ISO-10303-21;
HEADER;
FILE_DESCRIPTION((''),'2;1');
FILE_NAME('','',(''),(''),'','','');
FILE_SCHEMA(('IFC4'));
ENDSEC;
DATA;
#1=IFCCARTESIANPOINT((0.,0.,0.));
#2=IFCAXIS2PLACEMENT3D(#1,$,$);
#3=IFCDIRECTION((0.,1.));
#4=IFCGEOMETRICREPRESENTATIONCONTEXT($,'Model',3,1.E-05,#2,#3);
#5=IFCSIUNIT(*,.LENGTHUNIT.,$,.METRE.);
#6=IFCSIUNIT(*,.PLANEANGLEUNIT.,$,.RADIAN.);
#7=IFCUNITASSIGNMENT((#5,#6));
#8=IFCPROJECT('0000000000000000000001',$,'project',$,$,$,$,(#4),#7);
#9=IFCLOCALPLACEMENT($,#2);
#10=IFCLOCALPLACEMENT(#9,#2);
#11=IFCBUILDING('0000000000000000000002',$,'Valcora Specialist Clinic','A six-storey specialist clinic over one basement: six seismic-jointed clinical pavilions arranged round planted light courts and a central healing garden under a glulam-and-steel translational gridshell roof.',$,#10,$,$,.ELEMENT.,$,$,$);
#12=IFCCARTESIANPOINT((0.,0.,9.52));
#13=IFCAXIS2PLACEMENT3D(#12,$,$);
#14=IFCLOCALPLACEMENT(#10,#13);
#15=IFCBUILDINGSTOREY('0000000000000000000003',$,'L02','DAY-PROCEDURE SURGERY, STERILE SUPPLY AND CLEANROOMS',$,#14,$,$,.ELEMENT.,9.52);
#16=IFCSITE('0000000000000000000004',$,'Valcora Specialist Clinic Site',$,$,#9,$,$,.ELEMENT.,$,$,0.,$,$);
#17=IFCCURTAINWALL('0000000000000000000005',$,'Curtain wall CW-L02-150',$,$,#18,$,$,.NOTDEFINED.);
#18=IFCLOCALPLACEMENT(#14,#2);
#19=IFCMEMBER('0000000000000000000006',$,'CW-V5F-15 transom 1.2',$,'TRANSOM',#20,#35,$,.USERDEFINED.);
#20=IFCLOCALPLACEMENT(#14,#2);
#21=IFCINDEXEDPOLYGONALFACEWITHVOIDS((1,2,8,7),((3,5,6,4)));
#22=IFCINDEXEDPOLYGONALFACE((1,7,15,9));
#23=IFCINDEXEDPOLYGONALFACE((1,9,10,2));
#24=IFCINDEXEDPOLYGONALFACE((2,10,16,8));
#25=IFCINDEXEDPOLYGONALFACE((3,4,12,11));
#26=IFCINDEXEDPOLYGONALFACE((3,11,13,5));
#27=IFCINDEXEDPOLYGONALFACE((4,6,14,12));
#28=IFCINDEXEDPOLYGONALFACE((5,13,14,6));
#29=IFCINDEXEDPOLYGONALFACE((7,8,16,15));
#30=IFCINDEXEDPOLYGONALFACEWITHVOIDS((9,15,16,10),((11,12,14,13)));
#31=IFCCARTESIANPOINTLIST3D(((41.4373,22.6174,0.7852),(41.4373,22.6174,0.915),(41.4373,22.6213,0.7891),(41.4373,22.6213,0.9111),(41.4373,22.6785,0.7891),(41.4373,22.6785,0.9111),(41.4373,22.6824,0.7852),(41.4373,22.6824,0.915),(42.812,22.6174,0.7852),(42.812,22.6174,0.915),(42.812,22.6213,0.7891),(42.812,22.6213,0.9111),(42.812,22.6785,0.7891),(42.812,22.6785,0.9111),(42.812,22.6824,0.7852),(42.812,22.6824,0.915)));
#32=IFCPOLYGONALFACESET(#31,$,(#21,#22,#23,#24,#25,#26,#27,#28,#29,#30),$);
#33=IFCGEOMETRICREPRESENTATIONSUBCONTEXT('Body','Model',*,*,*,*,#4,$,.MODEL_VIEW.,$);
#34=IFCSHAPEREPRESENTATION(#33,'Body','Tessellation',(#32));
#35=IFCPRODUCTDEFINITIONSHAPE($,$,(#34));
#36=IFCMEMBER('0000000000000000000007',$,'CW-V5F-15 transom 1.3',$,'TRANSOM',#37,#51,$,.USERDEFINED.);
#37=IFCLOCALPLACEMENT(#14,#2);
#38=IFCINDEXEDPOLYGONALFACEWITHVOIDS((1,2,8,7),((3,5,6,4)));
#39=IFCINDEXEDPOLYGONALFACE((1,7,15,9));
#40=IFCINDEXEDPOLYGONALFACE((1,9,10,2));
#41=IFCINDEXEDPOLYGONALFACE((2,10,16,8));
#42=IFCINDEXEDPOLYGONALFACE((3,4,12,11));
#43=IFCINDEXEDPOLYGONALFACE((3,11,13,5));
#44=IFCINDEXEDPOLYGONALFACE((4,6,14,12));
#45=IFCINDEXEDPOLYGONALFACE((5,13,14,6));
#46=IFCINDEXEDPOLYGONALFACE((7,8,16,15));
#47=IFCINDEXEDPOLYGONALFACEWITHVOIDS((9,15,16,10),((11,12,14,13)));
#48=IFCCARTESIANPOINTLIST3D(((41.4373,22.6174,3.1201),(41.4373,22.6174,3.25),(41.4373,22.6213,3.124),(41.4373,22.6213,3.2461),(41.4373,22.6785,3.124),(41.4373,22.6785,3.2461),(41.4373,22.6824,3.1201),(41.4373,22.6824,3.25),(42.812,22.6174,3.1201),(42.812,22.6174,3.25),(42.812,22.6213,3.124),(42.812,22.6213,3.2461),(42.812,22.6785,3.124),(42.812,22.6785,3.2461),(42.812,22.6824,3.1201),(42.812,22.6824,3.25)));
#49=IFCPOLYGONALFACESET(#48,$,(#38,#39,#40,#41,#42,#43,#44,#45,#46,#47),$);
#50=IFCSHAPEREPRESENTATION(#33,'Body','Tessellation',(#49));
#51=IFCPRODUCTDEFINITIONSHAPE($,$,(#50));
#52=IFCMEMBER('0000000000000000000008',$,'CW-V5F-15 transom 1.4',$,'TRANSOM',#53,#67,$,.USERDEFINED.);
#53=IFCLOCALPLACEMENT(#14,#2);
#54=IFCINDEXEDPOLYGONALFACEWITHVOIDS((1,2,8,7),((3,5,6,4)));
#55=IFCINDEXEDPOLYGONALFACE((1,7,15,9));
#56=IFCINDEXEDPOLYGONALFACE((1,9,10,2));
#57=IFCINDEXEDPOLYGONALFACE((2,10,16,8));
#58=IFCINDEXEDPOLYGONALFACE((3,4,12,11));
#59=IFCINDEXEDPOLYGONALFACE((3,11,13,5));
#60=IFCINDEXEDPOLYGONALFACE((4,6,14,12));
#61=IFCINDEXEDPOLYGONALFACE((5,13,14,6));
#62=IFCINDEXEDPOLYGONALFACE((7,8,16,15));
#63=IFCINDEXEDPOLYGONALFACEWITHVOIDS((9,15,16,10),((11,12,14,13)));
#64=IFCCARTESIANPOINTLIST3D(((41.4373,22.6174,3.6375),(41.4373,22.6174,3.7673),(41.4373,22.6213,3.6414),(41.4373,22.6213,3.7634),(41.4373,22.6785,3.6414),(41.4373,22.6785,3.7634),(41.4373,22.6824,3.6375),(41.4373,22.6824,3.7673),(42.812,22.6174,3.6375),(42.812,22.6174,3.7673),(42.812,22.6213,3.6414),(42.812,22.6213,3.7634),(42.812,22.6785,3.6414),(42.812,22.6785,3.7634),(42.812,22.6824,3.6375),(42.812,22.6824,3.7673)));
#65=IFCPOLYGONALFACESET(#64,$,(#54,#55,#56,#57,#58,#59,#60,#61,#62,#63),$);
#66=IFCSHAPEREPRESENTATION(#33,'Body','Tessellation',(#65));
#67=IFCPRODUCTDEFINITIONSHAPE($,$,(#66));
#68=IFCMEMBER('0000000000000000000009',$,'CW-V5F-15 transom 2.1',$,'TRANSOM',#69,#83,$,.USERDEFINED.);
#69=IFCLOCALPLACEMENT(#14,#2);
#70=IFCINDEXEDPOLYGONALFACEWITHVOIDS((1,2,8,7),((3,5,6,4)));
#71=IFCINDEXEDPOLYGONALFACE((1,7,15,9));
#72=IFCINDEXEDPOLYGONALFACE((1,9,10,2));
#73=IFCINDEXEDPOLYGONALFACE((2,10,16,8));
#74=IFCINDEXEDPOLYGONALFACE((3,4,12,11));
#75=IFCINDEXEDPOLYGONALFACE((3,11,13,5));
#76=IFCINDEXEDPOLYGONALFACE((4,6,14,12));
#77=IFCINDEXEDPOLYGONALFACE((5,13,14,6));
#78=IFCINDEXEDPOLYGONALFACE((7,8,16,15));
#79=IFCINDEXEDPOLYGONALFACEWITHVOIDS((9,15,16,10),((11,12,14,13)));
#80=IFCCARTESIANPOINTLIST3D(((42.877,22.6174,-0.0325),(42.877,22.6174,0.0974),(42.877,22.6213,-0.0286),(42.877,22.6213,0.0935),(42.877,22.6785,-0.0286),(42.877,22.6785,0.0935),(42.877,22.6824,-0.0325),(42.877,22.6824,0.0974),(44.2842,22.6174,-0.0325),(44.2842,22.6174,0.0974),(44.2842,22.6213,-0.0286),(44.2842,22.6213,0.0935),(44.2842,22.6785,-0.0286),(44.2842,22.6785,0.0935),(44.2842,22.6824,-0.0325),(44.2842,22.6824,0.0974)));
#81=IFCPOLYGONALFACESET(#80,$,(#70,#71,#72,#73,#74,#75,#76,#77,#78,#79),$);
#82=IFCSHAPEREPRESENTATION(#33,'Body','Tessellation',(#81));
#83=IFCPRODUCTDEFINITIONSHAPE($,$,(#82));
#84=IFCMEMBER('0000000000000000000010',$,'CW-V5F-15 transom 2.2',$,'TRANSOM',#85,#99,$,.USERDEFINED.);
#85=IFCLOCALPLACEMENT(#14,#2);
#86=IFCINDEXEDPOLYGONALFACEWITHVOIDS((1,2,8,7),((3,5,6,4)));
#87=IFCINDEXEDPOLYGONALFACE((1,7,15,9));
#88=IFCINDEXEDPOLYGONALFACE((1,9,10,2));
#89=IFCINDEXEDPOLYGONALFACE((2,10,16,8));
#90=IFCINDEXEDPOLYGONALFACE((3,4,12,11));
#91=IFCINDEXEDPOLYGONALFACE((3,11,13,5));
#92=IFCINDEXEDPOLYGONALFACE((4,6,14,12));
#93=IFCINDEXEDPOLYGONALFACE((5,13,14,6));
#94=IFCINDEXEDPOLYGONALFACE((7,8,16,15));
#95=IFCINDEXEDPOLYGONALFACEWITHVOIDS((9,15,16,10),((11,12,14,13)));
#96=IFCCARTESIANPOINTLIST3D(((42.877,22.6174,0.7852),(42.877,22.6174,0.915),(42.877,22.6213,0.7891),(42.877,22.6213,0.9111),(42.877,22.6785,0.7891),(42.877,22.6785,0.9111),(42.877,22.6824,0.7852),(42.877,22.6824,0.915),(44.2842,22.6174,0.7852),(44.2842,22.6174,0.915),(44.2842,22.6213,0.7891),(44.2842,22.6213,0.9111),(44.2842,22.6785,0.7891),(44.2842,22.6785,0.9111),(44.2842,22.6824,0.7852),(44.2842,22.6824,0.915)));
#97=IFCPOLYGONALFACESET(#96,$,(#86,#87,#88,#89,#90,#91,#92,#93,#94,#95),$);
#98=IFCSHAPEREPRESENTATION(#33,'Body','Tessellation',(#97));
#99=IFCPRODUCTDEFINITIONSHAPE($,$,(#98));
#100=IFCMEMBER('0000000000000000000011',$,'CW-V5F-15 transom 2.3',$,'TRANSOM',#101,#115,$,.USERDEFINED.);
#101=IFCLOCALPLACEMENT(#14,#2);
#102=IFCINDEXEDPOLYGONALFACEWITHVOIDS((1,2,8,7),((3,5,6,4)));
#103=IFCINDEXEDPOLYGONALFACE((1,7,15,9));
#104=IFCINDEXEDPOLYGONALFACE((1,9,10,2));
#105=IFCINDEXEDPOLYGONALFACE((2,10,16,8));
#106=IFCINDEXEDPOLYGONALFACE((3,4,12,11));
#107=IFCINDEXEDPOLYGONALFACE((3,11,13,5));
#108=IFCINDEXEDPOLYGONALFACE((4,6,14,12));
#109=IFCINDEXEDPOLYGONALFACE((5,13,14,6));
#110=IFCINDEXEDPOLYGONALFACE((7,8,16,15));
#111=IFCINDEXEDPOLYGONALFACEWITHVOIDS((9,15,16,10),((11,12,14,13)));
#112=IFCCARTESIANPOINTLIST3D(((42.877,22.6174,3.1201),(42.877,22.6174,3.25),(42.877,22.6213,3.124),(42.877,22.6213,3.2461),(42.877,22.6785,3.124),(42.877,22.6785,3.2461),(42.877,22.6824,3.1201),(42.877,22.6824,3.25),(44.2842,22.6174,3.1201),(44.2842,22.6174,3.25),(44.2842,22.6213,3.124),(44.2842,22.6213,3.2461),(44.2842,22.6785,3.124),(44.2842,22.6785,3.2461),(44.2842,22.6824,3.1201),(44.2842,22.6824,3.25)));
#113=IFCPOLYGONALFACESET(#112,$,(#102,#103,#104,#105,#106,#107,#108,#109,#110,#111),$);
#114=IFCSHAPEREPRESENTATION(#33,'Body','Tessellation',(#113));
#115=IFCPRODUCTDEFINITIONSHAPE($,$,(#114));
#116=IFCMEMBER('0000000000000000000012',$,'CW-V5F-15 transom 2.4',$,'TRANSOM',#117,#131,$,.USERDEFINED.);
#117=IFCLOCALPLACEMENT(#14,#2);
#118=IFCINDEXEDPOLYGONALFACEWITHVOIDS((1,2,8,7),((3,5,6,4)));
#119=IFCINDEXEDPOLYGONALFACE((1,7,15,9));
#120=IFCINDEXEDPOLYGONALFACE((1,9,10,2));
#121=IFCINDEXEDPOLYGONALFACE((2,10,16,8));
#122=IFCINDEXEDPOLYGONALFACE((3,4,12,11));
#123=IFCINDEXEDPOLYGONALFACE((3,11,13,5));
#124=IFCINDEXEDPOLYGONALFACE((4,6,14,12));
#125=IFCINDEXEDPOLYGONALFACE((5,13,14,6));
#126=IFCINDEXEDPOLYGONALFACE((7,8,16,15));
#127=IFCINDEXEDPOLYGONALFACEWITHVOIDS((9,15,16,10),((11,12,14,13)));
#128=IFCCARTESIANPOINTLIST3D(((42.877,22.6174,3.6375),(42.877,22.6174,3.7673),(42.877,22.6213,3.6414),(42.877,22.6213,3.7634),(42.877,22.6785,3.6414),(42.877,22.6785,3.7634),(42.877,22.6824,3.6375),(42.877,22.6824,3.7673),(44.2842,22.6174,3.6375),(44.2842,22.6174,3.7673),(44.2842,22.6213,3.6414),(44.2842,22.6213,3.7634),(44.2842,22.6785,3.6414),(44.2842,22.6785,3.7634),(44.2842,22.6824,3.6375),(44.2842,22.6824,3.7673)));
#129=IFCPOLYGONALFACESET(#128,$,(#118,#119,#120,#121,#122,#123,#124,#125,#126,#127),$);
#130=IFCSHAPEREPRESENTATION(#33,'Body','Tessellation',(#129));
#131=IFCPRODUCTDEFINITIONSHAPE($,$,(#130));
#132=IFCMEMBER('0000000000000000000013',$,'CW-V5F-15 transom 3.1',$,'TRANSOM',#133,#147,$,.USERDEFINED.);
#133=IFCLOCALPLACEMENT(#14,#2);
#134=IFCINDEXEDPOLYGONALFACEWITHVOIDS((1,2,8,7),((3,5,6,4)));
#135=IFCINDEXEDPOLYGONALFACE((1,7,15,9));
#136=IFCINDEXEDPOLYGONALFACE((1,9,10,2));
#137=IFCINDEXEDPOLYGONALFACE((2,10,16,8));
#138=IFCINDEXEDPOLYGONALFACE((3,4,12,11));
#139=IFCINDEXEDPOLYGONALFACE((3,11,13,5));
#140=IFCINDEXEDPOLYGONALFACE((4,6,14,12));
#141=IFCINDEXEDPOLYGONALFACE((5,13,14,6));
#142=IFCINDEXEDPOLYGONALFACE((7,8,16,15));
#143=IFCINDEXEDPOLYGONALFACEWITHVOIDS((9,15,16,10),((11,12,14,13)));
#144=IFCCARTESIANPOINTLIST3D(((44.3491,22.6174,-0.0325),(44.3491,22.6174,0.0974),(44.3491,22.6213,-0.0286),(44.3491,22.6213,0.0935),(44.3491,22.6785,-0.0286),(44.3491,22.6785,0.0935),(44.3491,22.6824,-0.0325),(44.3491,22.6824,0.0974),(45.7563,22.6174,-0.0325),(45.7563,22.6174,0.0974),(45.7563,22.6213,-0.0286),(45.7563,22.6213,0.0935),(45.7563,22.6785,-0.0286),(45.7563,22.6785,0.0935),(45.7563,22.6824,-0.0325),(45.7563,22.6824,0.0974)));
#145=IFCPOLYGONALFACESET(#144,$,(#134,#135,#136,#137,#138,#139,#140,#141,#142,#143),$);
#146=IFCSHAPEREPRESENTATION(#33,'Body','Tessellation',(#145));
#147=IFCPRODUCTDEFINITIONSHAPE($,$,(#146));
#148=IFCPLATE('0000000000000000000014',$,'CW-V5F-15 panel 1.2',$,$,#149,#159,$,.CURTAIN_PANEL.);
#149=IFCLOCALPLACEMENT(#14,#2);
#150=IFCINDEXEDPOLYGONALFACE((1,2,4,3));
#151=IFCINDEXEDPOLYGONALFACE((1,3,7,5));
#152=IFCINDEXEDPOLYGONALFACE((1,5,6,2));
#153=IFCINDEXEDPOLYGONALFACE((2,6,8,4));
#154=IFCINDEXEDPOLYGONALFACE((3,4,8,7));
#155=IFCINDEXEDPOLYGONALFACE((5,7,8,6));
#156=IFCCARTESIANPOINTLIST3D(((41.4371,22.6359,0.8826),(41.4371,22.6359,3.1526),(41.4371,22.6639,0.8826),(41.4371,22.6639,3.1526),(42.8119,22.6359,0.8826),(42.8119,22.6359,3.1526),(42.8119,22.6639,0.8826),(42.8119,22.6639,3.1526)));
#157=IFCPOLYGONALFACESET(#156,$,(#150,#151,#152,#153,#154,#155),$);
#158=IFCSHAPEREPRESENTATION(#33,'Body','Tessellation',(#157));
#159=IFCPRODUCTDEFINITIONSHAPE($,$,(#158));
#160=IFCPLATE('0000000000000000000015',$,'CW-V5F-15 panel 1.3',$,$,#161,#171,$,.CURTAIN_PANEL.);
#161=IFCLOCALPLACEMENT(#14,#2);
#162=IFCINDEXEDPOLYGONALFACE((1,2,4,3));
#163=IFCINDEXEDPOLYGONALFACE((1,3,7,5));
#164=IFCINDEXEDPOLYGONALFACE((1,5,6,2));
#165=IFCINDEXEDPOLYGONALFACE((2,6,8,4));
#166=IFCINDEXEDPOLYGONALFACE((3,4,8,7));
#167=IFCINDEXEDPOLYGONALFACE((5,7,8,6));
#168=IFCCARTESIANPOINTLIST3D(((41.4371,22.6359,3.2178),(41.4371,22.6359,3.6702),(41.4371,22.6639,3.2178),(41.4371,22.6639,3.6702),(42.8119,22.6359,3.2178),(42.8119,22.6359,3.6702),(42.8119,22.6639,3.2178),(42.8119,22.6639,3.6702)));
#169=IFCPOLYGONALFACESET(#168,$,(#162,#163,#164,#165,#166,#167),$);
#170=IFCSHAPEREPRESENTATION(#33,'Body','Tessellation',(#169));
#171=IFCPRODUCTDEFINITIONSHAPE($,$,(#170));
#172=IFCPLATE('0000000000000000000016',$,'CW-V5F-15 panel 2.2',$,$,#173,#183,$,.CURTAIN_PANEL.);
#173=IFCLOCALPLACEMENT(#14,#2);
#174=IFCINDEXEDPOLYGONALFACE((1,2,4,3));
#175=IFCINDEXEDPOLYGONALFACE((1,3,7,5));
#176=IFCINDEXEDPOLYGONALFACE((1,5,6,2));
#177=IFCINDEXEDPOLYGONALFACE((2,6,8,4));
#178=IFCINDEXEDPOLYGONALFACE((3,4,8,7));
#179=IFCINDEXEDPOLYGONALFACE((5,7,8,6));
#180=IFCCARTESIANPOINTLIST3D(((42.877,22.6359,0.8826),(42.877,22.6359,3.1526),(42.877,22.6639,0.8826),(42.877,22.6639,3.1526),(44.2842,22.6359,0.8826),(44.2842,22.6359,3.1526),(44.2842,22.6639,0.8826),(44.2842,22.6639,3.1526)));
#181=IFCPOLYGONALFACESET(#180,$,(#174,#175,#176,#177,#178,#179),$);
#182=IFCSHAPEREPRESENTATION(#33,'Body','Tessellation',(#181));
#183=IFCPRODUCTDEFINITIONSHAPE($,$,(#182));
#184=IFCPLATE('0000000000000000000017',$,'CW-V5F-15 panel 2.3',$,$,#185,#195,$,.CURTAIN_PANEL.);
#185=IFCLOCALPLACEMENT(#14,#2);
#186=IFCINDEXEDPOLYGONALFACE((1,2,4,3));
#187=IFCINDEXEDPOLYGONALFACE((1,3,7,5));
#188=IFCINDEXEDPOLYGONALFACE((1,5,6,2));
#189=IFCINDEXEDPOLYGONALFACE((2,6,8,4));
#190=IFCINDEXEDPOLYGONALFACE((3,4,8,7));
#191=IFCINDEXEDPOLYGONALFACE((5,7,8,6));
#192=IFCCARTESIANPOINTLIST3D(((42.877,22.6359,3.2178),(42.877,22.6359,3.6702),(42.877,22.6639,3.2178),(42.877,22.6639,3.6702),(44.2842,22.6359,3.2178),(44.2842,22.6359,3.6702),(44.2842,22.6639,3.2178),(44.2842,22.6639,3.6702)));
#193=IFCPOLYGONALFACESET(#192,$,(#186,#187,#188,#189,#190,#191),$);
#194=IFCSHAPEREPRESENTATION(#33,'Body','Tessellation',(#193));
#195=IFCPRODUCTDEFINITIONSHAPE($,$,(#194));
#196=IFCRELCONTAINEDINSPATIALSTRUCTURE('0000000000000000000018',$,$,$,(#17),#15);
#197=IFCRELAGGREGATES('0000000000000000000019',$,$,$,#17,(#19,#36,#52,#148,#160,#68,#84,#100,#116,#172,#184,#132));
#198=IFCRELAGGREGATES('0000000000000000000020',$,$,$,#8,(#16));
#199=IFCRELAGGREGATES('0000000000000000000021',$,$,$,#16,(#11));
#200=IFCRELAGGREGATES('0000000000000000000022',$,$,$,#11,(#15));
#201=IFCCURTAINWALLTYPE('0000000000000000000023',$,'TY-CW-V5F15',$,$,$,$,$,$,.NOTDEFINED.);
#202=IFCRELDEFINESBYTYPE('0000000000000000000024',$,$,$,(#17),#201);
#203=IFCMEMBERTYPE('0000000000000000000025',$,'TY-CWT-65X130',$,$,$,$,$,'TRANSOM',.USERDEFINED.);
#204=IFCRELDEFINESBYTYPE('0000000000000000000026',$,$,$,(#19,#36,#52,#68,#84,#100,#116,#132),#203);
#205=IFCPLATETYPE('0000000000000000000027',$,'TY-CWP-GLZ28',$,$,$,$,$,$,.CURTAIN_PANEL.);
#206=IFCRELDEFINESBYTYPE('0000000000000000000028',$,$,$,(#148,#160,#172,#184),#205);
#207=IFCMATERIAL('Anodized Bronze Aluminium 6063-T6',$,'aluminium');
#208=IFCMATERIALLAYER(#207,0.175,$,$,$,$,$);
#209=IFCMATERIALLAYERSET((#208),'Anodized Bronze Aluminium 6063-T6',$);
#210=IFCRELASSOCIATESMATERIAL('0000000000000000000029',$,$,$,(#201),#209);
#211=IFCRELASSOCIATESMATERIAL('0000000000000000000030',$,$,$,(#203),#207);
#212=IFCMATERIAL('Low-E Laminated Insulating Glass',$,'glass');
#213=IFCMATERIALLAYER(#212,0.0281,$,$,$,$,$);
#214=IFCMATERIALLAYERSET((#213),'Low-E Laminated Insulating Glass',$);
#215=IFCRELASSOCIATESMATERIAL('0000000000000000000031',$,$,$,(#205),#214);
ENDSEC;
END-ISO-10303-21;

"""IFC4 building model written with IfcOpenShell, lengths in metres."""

from ifc_helpers import new_model, si_unit, direction, frame, origin, origin_2d, place, context, subcontext, project, spatial, rectangle, hollow_rectangle, extrude, material, layer, layer_set, material_profile, profile_set, type_object, element, aggregate, save


model = new_model("IFC4")

# Units and contexts
model_context = context("Model", 3, precision=1e-05, world=origin(), true_north=direction((0.0, 1.0)))
body_context = subcontext(model_context, "Body", "Model", "MODEL_VIEW")
ifc_project = project(units=[si_unit("LENGTHUNIT", "METRE"), si_unit("PLANEANGLEUNIT", "RADIAN")], contexts=[model_context])

# Site, building, storey
site_placement = place(None, origin())
site = spatial("IfcSite", under=ifc_project, at=site_placement, Name="Valcora Specialist Clinic Site", CompositionType="ELEMENT", RefElevation=0.0)
building_placement = place(site_placement, origin())
building = spatial("IfcBuilding", under=site, at=building_placement, Name="Valcora Specialist Clinic", Description="A six-storey specialist clinic over one basement: six seismic-jointed clinical pavilions arranged round planted light courts and a central healing garden under a glulam-and-steel translational gridshell roof.", CompositionType="ELEMENT")
storey_placement = place(building_placement, frame((0.0, 0.0, 9.52)))
storey = spatial("IfcBuildingStorey", under=building, at=storey_placement, Name="L02", Description="DAY-PROCEDURE SURGERY, STERILE SUPPLY AND CLEANROOMS", CompositionType="ELEMENT", Elevation=9.52)

# Curtain wall
ifc_material_1 = material(Name="Anodized Bronze Aluminium 6063-T6", Category="aluminium")
ifc_layer_1 = layer(ifc_material_1, 0.175)
ifc_layer_set_1 = layer_set([ifc_layer_1], Name="Anodized Bronze Aluminium 6063-T6")
curtain_wall_type = type_object("IfcCurtainWallType", Name="TY-CW-V5F15", PredefinedType="NOTDEFINED", material=ifc_layer_set_1)
curtain_wall_1_placement = place(storey_placement, origin())
curtain_wall_1 = element("IfcCurtainWall", 1, at=curtain_wall_1_placement, inside=storey, type_object=curtain_wall_type, Name="Curtain wall CW-L02-150", PredefinedType="NOTDEFINED")

# Members
ifc_material_profile_1 = material_profile(ifc_material_1, hollow_rectangle(XDim=0.0649, YDim=0.1299, WallThickness=0.0039, at=origin_2d()), Name="AL-TRN-65X130")
ifc_profile_set_1 = profile_set([ifc_material_profile_1], Name="Anodized Bronze Aluminium 6063-T6")
member_type_1 = type_object("IfcMemberType", Name="TY-CWT-65X130", ElementType="TRANSOM", PredefinedType="USERDEFINED", material=ifc_profile_set_1)
member_1_placement = place(storey_placement, frame((41.4373, 22.6499, 0.8501), z_axis=(1.0, 0.0, 0.0), x_axis=(0.0, 1.0, 0.0)))
member_1 = element("IfcMember", 2, at=member_1_placement, type_object=member_type_1, Name="CW-V5F-15 transom 1.2", ObjectType="TRANSOM", PredefinedType="USERDEFINED", context=body_context, shape_type="SweptSolid", body=[
    extrude(hollow_rectangle(XDim=0.0649, YDim=0.1299, WallThickness=0.0039, at=origin_2d()), origin(), (0.0, 0.0, 1.0), 1.3748),
])
member_2_placement = place(storey_placement, frame((41.4373, 22.6499, 3.1851), z_axis=(1.0, 0.0, 0.0), x_axis=(0.0, 1.0, 0.0)))
member_2 = element("IfcMember", 3, at=member_2_placement, type_object=member_type_1, Name="CW-V5F-15 transom 1.3", ObjectType="TRANSOM", PredefinedType="USERDEFINED", context=body_context, shape_type="SweptSolid", body=[
    extrude(hollow_rectangle(XDim=0.0649, YDim=0.1299, WallThickness=0.0039, at=origin_2d()), origin(), (0.0, 0.0, 1.0), 1.3748),
])
member_3_placement = place(storey_placement, frame((41.4373, 22.6499, 3.7024), z_axis=(1.0, 0.0, 0.0), x_axis=(0.0, 1.0, 0.0)))
member_3 = element("IfcMember", 4, at=member_3_placement, type_object=member_type_1, Name="CW-V5F-15 transom 1.4", ObjectType="TRANSOM", PredefinedType="USERDEFINED", context=body_context, shape_type="SweptSolid", body=[
    extrude(hollow_rectangle(XDim=0.0649, YDim=0.1299, WallThickness=0.0039, at=origin_2d()), origin(), (0.0, 0.0, 1.0), 1.3748),
])
member_4_placement = place(storey_placement, frame((42.877, 22.6499, 0.0325), z_axis=(1.0, 0.0, 0.0), x_axis=(0.0, 1.0, 0.0)))
member_4 = element("IfcMember", 5, at=member_4_placement, type_object=member_type_1, Name="CW-V5F-15 transom 2.1", ObjectType="TRANSOM", PredefinedType="USERDEFINED", context=body_context, shape_type="SweptSolid", body=[
    extrude(hollow_rectangle(XDim=0.0649, YDim=0.1299, WallThickness=0.0039, at=origin_2d()), origin(), (0.0, 0.0, 1.0), 1.4072),
])
member_5_placement = place(storey_placement, frame((42.877, 22.6499, 0.8501), z_axis=(1.0, 0.0, 0.0), x_axis=(0.0, 1.0, 0.0)))
member_5 = element("IfcMember", 6, at=member_5_placement, type_object=member_type_1, Name="CW-V5F-15 transom 2.2", ObjectType="TRANSOM", PredefinedType="USERDEFINED", context=body_context, shape_type="SweptSolid", body=[
    extrude(hollow_rectangle(XDim=0.0649, YDim=0.1299, WallThickness=0.0039, at=origin_2d()), origin(), (0.0, 0.0, 1.0), 1.4072),
])
member_6_placement = place(storey_placement, frame((42.877, 22.6499, 3.1851), z_axis=(1.0, 0.0, 0.0), x_axis=(0.0, 1.0, 0.0)))
member_6 = element("IfcMember", 7, at=member_6_placement, type_object=member_type_1, Name="CW-V5F-15 transom 2.3", ObjectType="TRANSOM", PredefinedType="USERDEFINED", context=body_context, shape_type="SweptSolid", body=[
    extrude(hollow_rectangle(XDim=0.0649, YDim=0.1299, WallThickness=0.0039, at=origin_2d()), origin(), (0.0, 0.0, 1.0), 1.4072),
])
member_7_placement = place(storey_placement, frame((42.877, 22.6499, 3.7024), z_axis=(1.0, 0.0, 0.0), x_axis=(0.0, 1.0, 0.0)))
member_7 = element("IfcMember", 8, at=member_7_placement, type_object=member_type_1, Name="CW-V5F-15 transom 2.4", ObjectType="TRANSOM", PredefinedType="USERDEFINED", context=body_context, shape_type="SweptSolid", body=[
    extrude(hollow_rectangle(XDim=0.0649, YDim=0.1299, WallThickness=0.0039, at=origin_2d()), origin(), (0.0, 0.0, 1.0), 1.4072),
])
member_8_placement = place(storey_placement, frame((44.3491, 22.6499, 0.0325), z_axis=(1.0, 0.0, 0.0), x_axis=(0.0, 1.0, 0.0)))
member_8 = element("IfcMember", 9, at=member_8_placement, type_object=member_type_1, Name="CW-V5F-15 transom 3.1", ObjectType="TRANSOM", PredefinedType="USERDEFINED", context=body_context, shape_type="SweptSolid", body=[
    extrude(hollow_rectangle(XDim=0.0649, YDim=0.1299, WallThickness=0.0039, at=origin_2d()), origin(), (0.0, 0.0, 1.0), 1.4072),
])

# Plates
ifc_material_2 = material(Name="Low-E Laminated Insulating Glass", Category="glass")
ifc_layer_2 = layer(ifc_material_2, 0.0281)
ifc_layer_set_2 = layer_set([ifc_layer_2], Name="Low-E Laminated Insulating Glass")
plate_type_1 = type_object("IfcPlateType", Name="TY-CWP-GLZ28", PredefinedType="CURTAIN_PANEL", material=ifc_layer_set_2)
plate_1_placement = place(storey_placement, frame((42.1245, 22.6499, 0.8826), z_axis=(0.0, 0.0, 1.0), x_axis=(1.0, 0.0, 0.0)))
plate_1 = element("IfcPlate", 10, at=plate_1_placement, type_object=plate_type_1, Name="CW-V5F-15 panel 1.2", PredefinedType="CURTAIN_PANEL", context=body_context, shape_type="SweptSolid", body=[
    extrude(rectangle(XDim=1.3748, YDim=0.0281, at=origin_2d()), origin(), (0.0, 0.0, 1.0), 2.27),
])
plate_2_placement = place(storey_placement, frame((42.1245, 22.6499, 3.2178), z_axis=(0.0, 0.0, 1.0), x_axis=(1.0, 0.0, 0.0)))
plate_2 = element("IfcPlate", 11, at=plate_2_placement, type_object=plate_type_1, Name="CW-V5F-15 panel 1.3", PredefinedType="CURTAIN_PANEL", context=body_context, shape_type="SweptSolid", body=[
    extrude(rectangle(XDim=1.3748, YDim=0.0281, at=origin_2d()), origin(), (0.0, 0.0, 1.0), 0.4524),
])
plate_3_placement = place(storey_placement, frame((43.5806, 22.6499, 0.8826), z_axis=(0.0, 0.0, 1.0), x_axis=(1.0, 0.0, 0.0)))
plate_3 = element("IfcPlate", 12, at=plate_3_placement, type_object=plate_type_1, Name="CW-V5F-15 panel 2.2", PredefinedType="CURTAIN_PANEL", context=body_context, shape_type="SweptSolid", body=[
    extrude(rectangle(XDim=1.4072, YDim=0.0281, at=origin_2d()), origin(), (0.0, 0.0, 1.0), 2.27),
])
plate_4_placement = place(storey_placement, frame((43.5806, 22.6499, 3.2178), z_axis=(0.0, 0.0, 1.0), x_axis=(1.0, 0.0, 0.0)))
plate_4 = element("IfcPlate", 13, at=plate_4_placement, type_object=plate_type_1, Name="CW-V5F-15 panel 2.3", PredefinedType="CURTAIN_PANEL", context=body_context, shape_type="SweptSolid", body=[
    extrude(rectangle(XDim=1.4072, YDim=0.0281, at=origin_2d()), origin(), (0.0, 0.0, 1.0), 0.4524),
])
aggregate(curtain_wall_1, [member_1, member_2, member_3, plate_1, plate_2, member_4, member_5, member_6, member_7, plate_3, plate_4, member_8])

save(model, "model.ifc")
